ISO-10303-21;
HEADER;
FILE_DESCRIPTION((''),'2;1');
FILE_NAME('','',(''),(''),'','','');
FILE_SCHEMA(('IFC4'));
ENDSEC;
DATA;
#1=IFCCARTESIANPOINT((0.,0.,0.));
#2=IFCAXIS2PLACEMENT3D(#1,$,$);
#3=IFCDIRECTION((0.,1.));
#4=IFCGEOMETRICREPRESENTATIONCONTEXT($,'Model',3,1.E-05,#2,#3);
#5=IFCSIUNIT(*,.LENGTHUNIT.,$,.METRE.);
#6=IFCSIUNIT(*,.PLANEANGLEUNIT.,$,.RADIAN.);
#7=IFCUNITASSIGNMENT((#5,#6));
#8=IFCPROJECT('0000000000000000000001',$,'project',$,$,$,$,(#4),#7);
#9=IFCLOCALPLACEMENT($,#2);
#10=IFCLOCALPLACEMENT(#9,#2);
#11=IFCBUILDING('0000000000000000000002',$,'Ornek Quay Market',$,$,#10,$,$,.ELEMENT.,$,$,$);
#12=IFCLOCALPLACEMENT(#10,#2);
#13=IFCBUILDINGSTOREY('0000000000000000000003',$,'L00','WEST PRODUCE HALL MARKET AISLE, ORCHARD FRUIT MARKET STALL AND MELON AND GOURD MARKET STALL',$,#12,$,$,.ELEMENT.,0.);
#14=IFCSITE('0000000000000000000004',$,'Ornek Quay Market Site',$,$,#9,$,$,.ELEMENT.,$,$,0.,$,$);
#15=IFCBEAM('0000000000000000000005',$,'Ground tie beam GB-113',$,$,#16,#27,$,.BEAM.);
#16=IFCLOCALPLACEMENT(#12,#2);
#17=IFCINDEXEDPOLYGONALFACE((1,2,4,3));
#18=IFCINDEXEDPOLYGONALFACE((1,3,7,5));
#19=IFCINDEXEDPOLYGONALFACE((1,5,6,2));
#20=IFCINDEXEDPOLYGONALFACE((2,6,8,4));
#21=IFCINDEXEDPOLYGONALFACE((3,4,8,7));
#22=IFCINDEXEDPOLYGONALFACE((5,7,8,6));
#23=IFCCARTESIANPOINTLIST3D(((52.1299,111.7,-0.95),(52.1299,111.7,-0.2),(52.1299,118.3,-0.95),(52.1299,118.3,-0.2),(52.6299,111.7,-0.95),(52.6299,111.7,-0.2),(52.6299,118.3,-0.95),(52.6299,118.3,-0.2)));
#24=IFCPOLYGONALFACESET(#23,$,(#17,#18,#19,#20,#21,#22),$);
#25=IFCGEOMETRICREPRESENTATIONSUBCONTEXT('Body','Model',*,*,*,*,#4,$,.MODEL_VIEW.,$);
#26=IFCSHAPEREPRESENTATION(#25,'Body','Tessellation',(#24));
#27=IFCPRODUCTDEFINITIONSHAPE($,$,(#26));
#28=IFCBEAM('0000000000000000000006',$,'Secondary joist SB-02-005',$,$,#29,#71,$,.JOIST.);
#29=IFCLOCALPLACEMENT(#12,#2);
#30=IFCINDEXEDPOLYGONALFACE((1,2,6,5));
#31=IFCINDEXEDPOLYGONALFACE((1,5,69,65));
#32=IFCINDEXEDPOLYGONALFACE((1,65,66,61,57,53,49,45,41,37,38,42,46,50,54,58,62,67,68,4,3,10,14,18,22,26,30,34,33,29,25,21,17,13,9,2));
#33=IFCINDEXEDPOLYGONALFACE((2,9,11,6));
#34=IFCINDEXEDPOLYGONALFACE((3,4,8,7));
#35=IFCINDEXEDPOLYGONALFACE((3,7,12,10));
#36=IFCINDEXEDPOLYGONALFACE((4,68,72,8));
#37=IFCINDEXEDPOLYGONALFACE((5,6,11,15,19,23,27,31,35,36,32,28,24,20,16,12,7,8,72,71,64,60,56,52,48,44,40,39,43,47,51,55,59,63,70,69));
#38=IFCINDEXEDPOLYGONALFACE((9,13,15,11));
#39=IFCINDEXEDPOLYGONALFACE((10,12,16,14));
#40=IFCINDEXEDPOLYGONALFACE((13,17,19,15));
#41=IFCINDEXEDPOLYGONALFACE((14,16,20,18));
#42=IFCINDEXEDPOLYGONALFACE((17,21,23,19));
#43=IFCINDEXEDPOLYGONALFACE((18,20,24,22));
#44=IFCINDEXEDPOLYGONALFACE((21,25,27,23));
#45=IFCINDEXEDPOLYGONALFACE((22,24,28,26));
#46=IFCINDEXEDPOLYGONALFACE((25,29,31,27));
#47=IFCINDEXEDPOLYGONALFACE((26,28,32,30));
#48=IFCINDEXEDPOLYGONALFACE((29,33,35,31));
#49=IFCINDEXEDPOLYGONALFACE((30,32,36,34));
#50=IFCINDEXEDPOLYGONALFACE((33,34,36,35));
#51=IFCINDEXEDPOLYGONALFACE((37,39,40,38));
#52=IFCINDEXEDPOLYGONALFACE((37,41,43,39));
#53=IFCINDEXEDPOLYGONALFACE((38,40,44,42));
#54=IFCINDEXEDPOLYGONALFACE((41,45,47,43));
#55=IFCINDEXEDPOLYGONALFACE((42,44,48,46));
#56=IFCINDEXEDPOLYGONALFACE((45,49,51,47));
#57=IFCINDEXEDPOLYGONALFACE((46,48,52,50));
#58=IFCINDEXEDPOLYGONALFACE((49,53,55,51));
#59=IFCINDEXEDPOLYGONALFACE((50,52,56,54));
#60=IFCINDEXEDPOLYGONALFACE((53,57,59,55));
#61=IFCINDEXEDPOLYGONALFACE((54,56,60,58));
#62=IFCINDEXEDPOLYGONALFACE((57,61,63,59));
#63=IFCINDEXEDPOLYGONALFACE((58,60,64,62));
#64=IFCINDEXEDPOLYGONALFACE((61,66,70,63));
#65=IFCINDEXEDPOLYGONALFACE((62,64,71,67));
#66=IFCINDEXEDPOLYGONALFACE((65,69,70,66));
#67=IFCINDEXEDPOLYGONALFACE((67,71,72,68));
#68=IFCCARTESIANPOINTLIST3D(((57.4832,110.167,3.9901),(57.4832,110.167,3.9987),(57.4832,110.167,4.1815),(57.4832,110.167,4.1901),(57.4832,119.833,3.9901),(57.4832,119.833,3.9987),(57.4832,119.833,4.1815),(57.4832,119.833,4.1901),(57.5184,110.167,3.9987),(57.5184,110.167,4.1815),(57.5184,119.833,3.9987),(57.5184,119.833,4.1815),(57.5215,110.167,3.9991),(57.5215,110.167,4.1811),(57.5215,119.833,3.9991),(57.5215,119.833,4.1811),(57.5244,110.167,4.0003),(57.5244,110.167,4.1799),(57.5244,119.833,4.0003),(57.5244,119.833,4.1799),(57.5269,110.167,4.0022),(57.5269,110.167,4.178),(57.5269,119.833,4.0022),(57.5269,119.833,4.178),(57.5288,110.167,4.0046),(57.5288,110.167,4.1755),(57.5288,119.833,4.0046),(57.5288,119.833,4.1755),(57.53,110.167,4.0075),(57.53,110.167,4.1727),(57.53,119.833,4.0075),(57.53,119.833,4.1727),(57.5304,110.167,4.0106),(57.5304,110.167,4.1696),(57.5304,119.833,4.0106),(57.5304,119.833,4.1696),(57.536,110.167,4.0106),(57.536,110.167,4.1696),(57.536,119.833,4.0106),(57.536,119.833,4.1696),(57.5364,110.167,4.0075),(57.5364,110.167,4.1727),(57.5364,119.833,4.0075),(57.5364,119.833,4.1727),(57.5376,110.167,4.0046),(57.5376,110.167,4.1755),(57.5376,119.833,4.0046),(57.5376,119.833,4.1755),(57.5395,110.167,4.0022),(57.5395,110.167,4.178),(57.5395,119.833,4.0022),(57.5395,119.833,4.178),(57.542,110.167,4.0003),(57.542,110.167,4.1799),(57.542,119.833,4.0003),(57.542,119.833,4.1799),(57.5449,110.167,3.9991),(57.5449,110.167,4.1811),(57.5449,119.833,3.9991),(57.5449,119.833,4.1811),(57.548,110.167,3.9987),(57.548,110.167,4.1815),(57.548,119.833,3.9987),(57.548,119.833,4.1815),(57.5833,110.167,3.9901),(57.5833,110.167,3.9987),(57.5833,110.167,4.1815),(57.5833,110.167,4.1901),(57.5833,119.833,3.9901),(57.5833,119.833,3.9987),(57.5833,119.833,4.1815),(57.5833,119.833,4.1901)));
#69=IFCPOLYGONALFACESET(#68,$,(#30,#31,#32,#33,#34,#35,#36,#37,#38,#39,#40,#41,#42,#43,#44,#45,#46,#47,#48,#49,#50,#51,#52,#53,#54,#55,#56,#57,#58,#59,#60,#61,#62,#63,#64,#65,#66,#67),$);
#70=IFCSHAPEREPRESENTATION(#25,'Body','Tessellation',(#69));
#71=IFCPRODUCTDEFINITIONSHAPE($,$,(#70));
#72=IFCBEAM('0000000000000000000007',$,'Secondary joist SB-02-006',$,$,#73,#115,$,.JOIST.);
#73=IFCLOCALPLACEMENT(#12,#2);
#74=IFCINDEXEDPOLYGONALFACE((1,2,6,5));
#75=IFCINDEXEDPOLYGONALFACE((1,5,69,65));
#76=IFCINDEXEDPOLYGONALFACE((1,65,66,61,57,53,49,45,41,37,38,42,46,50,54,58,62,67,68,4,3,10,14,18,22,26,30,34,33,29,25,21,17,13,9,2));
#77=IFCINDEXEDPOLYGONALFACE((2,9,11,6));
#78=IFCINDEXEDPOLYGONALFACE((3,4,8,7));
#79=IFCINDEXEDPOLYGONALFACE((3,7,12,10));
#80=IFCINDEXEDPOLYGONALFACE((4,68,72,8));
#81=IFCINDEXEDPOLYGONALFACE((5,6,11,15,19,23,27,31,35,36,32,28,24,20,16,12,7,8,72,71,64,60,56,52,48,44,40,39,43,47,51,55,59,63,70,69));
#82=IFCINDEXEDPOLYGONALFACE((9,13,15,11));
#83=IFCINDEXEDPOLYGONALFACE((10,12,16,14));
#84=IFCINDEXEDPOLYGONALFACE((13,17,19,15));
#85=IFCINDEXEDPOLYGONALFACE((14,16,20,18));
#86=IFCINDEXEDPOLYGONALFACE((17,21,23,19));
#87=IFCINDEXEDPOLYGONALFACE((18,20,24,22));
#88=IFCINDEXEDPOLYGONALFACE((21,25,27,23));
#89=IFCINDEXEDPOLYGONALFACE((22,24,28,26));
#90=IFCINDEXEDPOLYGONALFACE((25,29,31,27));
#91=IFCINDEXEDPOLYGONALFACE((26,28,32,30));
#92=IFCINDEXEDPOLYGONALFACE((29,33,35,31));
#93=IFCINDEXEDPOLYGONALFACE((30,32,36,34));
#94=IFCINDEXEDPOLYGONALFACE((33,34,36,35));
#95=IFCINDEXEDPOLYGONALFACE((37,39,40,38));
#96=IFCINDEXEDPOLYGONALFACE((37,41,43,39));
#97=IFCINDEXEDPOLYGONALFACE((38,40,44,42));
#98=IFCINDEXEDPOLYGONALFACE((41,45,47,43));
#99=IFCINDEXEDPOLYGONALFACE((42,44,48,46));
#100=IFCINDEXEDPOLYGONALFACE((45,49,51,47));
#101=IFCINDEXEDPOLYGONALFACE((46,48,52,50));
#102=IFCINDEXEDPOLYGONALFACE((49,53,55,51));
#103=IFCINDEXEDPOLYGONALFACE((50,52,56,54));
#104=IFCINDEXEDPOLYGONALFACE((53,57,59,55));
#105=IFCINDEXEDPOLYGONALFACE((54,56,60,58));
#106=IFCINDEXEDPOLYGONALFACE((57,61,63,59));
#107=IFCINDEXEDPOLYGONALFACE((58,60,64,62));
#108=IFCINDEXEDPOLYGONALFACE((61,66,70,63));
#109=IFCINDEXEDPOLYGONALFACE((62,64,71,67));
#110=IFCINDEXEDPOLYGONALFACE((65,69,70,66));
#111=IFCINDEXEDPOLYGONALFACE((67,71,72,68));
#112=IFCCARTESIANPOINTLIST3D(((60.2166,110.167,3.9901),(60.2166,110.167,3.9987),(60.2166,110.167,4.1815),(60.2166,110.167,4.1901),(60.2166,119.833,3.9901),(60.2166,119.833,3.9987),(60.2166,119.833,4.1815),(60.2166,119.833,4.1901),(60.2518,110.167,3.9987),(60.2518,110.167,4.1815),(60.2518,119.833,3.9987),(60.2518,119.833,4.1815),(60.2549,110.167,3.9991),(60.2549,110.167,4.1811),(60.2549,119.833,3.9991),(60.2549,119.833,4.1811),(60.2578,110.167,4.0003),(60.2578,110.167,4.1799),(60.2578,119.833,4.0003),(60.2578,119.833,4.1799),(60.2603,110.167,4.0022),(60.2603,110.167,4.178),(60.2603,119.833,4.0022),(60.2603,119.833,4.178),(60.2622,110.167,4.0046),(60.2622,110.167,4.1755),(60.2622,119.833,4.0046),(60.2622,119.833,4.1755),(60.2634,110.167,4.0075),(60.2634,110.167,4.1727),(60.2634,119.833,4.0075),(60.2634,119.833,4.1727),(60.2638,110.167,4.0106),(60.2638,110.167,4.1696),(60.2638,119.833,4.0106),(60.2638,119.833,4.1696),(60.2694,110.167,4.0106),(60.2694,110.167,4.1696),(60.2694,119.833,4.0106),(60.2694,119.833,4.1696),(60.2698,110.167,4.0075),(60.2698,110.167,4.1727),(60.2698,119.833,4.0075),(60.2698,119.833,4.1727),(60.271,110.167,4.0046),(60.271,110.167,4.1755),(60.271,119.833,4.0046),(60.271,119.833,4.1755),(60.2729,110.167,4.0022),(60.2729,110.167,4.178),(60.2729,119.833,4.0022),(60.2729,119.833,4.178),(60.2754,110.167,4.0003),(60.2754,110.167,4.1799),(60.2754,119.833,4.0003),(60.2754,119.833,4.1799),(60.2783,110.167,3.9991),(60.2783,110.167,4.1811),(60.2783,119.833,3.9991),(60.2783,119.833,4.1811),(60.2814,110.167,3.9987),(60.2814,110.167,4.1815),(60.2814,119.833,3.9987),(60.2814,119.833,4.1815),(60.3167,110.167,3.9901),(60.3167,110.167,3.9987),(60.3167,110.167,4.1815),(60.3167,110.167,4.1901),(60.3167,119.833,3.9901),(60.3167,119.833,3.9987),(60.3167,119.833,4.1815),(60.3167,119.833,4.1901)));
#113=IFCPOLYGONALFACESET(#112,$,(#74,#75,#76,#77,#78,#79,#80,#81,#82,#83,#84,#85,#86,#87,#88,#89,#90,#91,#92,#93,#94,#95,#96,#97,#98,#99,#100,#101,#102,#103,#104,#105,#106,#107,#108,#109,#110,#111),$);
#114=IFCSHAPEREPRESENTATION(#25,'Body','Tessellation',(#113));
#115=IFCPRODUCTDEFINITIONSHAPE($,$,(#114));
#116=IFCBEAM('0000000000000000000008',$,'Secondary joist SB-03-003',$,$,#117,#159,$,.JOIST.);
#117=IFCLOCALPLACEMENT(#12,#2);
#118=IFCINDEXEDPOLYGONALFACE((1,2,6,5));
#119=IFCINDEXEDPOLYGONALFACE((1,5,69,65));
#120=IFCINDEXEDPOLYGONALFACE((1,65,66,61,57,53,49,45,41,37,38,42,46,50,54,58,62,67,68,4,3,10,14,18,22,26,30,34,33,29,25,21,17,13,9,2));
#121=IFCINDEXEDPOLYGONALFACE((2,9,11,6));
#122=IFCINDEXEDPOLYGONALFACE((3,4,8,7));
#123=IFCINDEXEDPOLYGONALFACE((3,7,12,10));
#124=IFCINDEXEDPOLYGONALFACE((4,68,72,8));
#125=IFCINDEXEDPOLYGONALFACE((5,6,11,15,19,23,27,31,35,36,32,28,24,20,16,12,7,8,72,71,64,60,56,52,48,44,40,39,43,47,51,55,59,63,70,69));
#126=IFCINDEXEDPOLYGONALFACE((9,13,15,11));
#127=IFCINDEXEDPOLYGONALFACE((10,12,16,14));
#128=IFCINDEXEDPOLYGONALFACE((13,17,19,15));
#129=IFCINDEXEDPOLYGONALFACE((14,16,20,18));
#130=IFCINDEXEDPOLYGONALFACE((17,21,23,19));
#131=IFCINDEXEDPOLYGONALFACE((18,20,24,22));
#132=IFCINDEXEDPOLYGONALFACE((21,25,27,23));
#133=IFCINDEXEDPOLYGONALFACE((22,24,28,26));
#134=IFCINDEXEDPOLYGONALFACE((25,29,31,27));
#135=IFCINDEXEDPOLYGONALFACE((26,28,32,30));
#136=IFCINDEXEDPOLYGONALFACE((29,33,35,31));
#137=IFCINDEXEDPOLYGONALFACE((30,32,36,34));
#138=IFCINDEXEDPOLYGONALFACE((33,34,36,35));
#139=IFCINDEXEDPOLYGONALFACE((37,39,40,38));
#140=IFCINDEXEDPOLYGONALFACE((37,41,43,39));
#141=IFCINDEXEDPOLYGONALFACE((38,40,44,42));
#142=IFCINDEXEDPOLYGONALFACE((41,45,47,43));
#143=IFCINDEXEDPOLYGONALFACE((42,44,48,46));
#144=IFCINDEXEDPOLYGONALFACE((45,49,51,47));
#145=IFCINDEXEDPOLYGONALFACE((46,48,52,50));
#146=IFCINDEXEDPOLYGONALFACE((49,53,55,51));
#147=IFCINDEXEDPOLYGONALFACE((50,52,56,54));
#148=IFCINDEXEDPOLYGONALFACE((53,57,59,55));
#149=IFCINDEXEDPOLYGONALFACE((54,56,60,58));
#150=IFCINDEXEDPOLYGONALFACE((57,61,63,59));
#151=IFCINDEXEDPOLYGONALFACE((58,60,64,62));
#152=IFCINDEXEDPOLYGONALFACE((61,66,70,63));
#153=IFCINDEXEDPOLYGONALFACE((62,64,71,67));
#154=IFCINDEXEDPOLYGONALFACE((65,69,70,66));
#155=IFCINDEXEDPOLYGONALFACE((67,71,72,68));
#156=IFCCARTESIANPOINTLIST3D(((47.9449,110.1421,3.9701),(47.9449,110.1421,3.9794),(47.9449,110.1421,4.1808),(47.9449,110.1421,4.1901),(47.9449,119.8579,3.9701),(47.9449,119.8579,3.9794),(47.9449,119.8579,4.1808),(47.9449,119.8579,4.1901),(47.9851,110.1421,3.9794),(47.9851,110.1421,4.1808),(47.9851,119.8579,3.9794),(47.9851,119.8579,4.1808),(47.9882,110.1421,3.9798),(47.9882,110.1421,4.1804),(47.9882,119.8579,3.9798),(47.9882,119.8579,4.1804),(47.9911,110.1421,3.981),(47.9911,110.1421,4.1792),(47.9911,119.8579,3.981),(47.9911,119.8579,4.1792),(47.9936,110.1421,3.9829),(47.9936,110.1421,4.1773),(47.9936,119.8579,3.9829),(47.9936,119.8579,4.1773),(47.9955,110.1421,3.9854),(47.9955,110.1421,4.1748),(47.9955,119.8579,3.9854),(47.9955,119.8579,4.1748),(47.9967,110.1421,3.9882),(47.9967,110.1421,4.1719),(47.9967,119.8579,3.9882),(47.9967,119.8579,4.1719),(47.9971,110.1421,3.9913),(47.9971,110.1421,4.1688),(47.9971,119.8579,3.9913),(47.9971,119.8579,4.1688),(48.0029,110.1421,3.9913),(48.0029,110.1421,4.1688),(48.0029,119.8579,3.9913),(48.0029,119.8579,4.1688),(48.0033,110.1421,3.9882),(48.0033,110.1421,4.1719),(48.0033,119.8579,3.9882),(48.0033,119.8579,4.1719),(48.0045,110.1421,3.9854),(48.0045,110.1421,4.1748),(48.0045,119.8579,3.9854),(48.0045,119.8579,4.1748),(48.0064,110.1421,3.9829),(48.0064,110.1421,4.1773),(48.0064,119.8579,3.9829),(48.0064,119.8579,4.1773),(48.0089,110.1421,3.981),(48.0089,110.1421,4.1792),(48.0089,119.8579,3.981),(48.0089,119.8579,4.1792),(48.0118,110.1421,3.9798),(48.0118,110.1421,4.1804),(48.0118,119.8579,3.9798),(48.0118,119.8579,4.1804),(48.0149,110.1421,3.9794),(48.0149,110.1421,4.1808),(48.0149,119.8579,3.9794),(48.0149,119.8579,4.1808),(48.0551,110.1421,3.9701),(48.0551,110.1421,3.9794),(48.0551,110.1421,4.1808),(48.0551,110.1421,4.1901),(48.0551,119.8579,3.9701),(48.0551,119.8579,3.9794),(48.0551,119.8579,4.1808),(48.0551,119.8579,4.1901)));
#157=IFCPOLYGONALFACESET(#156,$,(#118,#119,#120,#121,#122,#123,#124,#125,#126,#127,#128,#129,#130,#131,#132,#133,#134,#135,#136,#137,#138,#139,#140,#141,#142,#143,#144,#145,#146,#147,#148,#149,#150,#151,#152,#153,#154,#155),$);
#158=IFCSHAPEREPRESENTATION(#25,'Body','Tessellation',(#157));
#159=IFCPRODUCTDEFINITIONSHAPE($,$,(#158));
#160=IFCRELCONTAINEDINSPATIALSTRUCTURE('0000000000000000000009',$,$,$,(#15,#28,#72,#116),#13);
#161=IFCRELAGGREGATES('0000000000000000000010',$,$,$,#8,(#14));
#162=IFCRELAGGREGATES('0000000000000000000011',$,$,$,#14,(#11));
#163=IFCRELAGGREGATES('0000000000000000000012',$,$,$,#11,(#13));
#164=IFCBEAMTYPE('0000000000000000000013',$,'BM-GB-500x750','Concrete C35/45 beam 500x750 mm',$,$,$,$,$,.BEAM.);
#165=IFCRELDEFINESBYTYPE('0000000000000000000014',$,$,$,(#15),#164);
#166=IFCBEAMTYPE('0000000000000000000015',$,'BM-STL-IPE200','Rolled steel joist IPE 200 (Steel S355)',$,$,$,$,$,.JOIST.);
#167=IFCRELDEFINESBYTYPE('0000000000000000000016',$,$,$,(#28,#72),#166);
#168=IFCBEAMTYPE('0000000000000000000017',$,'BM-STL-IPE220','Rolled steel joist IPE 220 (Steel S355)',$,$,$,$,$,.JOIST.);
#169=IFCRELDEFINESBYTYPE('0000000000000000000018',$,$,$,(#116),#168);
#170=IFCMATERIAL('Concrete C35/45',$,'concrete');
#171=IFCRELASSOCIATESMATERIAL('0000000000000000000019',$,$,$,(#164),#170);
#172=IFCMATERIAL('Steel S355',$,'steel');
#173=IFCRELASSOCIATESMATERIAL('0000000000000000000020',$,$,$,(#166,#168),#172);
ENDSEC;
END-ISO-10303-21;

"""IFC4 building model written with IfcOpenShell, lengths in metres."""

from ifc_helpers import new_model, si_unit, direction, frame, origin, origin_2d, place, context, subcontext, project, spatial, rectangle, i_section, extrude, material, material_profile, profile_set, type_object, element, save


model = new_model("IFC4")

# Units and contexts
model_context = context("Model", 3, precision=1e-05, world=origin(), true_north=direction((0.0, 1.0)))
body_context = subcontext(model_context, "Body", "Model", "MODEL_VIEW")
ifc_project = project(units=[si_unit("LENGTHUNIT", "METRE"), si_unit("PLANEANGLEUNIT", "RADIAN")], contexts=[model_context])

# Site, building, storey
site_placement = place(None, origin())
site = spatial("IfcSite", under=ifc_project, at=site_placement, Name="Ornek Quay Market Site", CompositionType="ELEMENT", RefElevation=0.0)
building_placement = place(site_placement, origin())
building = spatial("IfcBuilding", under=site, at=building_placement, Name="Ornek Quay Market", CompositionType="ELEMENT")
storey_placement = place(building_placement, origin())
storey = spatial("IfcBuildingStorey", under=building, at=storey_placement, Name="L00", Description="WEST PRODUCE HALL MARKET AISLE, ORCHARD FRUIT MARKET STALL AND MELON AND GOURD MARKET STALL", CompositionType="ELEMENT", Elevation=0.0)

# Shared definitions
ifc_material_1 = material(Name="Concrete C35/45", Category="concrete")

# Beams
ifc_material_profile_1 = material_profile(ifc_material_1, rectangle(XDim=0.5, YDim=0.75, at=origin_2d()), Name="RC 500x750", Category="concrete")
ifc_profile_set_1 = profile_set([ifc_material_profile_1], Name="Concrete C35/45")
beam_type_1 = type_object("IfcBeamType", Name="BM-GB-500x750", Description="Concrete C35/45 beam 500x750 mm", PredefinedType="BEAM", material=ifc_profile_set_1)
beam_1_placement = place(storey_placement, frame((52.3799, 111.7, -0.575), z_axis=(0.0, 1.0, 0.0), x_axis=(-1.0, 0.0, 0.0)))
element("IfcBeam", 1, at=beam_1_placement, inside=storey, type_object=beam_type_1, Name="Ground tie beam GB-113", PredefinedType="BEAM", context=body_context, shape_type="SweptSolid", body=[
    extrude(rectangle(XDim=0.5, YDim=0.75, at=origin_2d()), origin(), (0.0, 0.0, 1.0), 6.6001),
])
ifc_material_2 = material(Name="Steel S355", Category="steel")
ifc_material_profile_2 = material_profile(ifc_material_2, i_section(OverallWidth=0.1001, OverallDepth=0.2, WebThickness=0.0056, FlangeThickness=0.0085, FilletRadius=0.012, at=origin_2d()), Name="IPE 200", Category="steel")
ifc_profile_set_2 = profile_set([ifc_material_profile_2], Name="Steel S355")
beam_type_2 = type_object("IfcBeamType", Name="BM-STL-IPE200", Description="Rolled steel joist IPE 200 (Steel S355)", PredefinedType="JOIST", material=ifc_profile_set_2)
for number, where, z_axis, x_axis, name in (
    (2, (57.5332, 110.167, 4.0901), (0.0, 1.0, 0.0), (-1.0, 0.0, 0.0), "Secondary joist SB-02-005"),
    (3, (60.2666, 110.167, 4.0901), (0.0, 1.0, 0.0), (-1.0, 0.0, 0.0), "Secondary joist SB-02-006"),
):
    element("IfcBeam", number, at=place(storey_placement, frame(where, z_axis=z_axis, x_axis=x_axis)), inside=storey, type_object=beam_type_2, Name=name, PredefinedType="JOIST", context=body_context, shape_type="SweptSolid", body=[
        extrude(i_section(OverallWidth=0.1001, OverallDepth=0.2, WebThickness=0.0056, FlangeThickness=0.0085, FilletRadius=0.012, at=origin_2d()), origin(), (0.0, 0.0, 1.0), 9.666),
    ])
ifc_material_profile_3 = material_profile(ifc_material_2, i_section(OverallWidth=0.1101, OverallDepth=0.22, WebThickness=0.0059, FlangeThickness=0.0093, FilletRadius=0.012, at=origin_2d()), Name="IPE 220", Category="steel")
ifc_profile_set_3 = profile_set([ifc_material_profile_3], Name="Steel S355")
beam_type_3 = type_object("IfcBeamType", Name="BM-STL-IPE220", Description="Rolled steel joist IPE 220 (Steel S355)", PredefinedType="JOIST", material=ifc_profile_set_3)
for number, where, z_axis, x_axis, name in (
    (4, (48.0, 110.1421, 4.0801), (0.0, 1.0, 0.0), (-1.0, 0.0, 0.0), "Secondary joist SB-03-003"),
):
    element("IfcBeam", number, at=place(storey_placement, frame(where, z_axis=z_axis, x_axis=x_axis)), inside=storey, type_object=beam_type_3, Name=name, PredefinedType="JOIST", context=body_context, shape_type="SweptSolid", body=[
        extrude(i_section(OverallWidth=0.1101, OverallDepth=0.22, WebThickness=0.0059, FlangeThickness=0.0093, FilletRadius=0.012, at=origin_2d()), origin(), (0.0, 0.0, 1.0), 9.7158),
    ])

save(model, "model.ifc")
